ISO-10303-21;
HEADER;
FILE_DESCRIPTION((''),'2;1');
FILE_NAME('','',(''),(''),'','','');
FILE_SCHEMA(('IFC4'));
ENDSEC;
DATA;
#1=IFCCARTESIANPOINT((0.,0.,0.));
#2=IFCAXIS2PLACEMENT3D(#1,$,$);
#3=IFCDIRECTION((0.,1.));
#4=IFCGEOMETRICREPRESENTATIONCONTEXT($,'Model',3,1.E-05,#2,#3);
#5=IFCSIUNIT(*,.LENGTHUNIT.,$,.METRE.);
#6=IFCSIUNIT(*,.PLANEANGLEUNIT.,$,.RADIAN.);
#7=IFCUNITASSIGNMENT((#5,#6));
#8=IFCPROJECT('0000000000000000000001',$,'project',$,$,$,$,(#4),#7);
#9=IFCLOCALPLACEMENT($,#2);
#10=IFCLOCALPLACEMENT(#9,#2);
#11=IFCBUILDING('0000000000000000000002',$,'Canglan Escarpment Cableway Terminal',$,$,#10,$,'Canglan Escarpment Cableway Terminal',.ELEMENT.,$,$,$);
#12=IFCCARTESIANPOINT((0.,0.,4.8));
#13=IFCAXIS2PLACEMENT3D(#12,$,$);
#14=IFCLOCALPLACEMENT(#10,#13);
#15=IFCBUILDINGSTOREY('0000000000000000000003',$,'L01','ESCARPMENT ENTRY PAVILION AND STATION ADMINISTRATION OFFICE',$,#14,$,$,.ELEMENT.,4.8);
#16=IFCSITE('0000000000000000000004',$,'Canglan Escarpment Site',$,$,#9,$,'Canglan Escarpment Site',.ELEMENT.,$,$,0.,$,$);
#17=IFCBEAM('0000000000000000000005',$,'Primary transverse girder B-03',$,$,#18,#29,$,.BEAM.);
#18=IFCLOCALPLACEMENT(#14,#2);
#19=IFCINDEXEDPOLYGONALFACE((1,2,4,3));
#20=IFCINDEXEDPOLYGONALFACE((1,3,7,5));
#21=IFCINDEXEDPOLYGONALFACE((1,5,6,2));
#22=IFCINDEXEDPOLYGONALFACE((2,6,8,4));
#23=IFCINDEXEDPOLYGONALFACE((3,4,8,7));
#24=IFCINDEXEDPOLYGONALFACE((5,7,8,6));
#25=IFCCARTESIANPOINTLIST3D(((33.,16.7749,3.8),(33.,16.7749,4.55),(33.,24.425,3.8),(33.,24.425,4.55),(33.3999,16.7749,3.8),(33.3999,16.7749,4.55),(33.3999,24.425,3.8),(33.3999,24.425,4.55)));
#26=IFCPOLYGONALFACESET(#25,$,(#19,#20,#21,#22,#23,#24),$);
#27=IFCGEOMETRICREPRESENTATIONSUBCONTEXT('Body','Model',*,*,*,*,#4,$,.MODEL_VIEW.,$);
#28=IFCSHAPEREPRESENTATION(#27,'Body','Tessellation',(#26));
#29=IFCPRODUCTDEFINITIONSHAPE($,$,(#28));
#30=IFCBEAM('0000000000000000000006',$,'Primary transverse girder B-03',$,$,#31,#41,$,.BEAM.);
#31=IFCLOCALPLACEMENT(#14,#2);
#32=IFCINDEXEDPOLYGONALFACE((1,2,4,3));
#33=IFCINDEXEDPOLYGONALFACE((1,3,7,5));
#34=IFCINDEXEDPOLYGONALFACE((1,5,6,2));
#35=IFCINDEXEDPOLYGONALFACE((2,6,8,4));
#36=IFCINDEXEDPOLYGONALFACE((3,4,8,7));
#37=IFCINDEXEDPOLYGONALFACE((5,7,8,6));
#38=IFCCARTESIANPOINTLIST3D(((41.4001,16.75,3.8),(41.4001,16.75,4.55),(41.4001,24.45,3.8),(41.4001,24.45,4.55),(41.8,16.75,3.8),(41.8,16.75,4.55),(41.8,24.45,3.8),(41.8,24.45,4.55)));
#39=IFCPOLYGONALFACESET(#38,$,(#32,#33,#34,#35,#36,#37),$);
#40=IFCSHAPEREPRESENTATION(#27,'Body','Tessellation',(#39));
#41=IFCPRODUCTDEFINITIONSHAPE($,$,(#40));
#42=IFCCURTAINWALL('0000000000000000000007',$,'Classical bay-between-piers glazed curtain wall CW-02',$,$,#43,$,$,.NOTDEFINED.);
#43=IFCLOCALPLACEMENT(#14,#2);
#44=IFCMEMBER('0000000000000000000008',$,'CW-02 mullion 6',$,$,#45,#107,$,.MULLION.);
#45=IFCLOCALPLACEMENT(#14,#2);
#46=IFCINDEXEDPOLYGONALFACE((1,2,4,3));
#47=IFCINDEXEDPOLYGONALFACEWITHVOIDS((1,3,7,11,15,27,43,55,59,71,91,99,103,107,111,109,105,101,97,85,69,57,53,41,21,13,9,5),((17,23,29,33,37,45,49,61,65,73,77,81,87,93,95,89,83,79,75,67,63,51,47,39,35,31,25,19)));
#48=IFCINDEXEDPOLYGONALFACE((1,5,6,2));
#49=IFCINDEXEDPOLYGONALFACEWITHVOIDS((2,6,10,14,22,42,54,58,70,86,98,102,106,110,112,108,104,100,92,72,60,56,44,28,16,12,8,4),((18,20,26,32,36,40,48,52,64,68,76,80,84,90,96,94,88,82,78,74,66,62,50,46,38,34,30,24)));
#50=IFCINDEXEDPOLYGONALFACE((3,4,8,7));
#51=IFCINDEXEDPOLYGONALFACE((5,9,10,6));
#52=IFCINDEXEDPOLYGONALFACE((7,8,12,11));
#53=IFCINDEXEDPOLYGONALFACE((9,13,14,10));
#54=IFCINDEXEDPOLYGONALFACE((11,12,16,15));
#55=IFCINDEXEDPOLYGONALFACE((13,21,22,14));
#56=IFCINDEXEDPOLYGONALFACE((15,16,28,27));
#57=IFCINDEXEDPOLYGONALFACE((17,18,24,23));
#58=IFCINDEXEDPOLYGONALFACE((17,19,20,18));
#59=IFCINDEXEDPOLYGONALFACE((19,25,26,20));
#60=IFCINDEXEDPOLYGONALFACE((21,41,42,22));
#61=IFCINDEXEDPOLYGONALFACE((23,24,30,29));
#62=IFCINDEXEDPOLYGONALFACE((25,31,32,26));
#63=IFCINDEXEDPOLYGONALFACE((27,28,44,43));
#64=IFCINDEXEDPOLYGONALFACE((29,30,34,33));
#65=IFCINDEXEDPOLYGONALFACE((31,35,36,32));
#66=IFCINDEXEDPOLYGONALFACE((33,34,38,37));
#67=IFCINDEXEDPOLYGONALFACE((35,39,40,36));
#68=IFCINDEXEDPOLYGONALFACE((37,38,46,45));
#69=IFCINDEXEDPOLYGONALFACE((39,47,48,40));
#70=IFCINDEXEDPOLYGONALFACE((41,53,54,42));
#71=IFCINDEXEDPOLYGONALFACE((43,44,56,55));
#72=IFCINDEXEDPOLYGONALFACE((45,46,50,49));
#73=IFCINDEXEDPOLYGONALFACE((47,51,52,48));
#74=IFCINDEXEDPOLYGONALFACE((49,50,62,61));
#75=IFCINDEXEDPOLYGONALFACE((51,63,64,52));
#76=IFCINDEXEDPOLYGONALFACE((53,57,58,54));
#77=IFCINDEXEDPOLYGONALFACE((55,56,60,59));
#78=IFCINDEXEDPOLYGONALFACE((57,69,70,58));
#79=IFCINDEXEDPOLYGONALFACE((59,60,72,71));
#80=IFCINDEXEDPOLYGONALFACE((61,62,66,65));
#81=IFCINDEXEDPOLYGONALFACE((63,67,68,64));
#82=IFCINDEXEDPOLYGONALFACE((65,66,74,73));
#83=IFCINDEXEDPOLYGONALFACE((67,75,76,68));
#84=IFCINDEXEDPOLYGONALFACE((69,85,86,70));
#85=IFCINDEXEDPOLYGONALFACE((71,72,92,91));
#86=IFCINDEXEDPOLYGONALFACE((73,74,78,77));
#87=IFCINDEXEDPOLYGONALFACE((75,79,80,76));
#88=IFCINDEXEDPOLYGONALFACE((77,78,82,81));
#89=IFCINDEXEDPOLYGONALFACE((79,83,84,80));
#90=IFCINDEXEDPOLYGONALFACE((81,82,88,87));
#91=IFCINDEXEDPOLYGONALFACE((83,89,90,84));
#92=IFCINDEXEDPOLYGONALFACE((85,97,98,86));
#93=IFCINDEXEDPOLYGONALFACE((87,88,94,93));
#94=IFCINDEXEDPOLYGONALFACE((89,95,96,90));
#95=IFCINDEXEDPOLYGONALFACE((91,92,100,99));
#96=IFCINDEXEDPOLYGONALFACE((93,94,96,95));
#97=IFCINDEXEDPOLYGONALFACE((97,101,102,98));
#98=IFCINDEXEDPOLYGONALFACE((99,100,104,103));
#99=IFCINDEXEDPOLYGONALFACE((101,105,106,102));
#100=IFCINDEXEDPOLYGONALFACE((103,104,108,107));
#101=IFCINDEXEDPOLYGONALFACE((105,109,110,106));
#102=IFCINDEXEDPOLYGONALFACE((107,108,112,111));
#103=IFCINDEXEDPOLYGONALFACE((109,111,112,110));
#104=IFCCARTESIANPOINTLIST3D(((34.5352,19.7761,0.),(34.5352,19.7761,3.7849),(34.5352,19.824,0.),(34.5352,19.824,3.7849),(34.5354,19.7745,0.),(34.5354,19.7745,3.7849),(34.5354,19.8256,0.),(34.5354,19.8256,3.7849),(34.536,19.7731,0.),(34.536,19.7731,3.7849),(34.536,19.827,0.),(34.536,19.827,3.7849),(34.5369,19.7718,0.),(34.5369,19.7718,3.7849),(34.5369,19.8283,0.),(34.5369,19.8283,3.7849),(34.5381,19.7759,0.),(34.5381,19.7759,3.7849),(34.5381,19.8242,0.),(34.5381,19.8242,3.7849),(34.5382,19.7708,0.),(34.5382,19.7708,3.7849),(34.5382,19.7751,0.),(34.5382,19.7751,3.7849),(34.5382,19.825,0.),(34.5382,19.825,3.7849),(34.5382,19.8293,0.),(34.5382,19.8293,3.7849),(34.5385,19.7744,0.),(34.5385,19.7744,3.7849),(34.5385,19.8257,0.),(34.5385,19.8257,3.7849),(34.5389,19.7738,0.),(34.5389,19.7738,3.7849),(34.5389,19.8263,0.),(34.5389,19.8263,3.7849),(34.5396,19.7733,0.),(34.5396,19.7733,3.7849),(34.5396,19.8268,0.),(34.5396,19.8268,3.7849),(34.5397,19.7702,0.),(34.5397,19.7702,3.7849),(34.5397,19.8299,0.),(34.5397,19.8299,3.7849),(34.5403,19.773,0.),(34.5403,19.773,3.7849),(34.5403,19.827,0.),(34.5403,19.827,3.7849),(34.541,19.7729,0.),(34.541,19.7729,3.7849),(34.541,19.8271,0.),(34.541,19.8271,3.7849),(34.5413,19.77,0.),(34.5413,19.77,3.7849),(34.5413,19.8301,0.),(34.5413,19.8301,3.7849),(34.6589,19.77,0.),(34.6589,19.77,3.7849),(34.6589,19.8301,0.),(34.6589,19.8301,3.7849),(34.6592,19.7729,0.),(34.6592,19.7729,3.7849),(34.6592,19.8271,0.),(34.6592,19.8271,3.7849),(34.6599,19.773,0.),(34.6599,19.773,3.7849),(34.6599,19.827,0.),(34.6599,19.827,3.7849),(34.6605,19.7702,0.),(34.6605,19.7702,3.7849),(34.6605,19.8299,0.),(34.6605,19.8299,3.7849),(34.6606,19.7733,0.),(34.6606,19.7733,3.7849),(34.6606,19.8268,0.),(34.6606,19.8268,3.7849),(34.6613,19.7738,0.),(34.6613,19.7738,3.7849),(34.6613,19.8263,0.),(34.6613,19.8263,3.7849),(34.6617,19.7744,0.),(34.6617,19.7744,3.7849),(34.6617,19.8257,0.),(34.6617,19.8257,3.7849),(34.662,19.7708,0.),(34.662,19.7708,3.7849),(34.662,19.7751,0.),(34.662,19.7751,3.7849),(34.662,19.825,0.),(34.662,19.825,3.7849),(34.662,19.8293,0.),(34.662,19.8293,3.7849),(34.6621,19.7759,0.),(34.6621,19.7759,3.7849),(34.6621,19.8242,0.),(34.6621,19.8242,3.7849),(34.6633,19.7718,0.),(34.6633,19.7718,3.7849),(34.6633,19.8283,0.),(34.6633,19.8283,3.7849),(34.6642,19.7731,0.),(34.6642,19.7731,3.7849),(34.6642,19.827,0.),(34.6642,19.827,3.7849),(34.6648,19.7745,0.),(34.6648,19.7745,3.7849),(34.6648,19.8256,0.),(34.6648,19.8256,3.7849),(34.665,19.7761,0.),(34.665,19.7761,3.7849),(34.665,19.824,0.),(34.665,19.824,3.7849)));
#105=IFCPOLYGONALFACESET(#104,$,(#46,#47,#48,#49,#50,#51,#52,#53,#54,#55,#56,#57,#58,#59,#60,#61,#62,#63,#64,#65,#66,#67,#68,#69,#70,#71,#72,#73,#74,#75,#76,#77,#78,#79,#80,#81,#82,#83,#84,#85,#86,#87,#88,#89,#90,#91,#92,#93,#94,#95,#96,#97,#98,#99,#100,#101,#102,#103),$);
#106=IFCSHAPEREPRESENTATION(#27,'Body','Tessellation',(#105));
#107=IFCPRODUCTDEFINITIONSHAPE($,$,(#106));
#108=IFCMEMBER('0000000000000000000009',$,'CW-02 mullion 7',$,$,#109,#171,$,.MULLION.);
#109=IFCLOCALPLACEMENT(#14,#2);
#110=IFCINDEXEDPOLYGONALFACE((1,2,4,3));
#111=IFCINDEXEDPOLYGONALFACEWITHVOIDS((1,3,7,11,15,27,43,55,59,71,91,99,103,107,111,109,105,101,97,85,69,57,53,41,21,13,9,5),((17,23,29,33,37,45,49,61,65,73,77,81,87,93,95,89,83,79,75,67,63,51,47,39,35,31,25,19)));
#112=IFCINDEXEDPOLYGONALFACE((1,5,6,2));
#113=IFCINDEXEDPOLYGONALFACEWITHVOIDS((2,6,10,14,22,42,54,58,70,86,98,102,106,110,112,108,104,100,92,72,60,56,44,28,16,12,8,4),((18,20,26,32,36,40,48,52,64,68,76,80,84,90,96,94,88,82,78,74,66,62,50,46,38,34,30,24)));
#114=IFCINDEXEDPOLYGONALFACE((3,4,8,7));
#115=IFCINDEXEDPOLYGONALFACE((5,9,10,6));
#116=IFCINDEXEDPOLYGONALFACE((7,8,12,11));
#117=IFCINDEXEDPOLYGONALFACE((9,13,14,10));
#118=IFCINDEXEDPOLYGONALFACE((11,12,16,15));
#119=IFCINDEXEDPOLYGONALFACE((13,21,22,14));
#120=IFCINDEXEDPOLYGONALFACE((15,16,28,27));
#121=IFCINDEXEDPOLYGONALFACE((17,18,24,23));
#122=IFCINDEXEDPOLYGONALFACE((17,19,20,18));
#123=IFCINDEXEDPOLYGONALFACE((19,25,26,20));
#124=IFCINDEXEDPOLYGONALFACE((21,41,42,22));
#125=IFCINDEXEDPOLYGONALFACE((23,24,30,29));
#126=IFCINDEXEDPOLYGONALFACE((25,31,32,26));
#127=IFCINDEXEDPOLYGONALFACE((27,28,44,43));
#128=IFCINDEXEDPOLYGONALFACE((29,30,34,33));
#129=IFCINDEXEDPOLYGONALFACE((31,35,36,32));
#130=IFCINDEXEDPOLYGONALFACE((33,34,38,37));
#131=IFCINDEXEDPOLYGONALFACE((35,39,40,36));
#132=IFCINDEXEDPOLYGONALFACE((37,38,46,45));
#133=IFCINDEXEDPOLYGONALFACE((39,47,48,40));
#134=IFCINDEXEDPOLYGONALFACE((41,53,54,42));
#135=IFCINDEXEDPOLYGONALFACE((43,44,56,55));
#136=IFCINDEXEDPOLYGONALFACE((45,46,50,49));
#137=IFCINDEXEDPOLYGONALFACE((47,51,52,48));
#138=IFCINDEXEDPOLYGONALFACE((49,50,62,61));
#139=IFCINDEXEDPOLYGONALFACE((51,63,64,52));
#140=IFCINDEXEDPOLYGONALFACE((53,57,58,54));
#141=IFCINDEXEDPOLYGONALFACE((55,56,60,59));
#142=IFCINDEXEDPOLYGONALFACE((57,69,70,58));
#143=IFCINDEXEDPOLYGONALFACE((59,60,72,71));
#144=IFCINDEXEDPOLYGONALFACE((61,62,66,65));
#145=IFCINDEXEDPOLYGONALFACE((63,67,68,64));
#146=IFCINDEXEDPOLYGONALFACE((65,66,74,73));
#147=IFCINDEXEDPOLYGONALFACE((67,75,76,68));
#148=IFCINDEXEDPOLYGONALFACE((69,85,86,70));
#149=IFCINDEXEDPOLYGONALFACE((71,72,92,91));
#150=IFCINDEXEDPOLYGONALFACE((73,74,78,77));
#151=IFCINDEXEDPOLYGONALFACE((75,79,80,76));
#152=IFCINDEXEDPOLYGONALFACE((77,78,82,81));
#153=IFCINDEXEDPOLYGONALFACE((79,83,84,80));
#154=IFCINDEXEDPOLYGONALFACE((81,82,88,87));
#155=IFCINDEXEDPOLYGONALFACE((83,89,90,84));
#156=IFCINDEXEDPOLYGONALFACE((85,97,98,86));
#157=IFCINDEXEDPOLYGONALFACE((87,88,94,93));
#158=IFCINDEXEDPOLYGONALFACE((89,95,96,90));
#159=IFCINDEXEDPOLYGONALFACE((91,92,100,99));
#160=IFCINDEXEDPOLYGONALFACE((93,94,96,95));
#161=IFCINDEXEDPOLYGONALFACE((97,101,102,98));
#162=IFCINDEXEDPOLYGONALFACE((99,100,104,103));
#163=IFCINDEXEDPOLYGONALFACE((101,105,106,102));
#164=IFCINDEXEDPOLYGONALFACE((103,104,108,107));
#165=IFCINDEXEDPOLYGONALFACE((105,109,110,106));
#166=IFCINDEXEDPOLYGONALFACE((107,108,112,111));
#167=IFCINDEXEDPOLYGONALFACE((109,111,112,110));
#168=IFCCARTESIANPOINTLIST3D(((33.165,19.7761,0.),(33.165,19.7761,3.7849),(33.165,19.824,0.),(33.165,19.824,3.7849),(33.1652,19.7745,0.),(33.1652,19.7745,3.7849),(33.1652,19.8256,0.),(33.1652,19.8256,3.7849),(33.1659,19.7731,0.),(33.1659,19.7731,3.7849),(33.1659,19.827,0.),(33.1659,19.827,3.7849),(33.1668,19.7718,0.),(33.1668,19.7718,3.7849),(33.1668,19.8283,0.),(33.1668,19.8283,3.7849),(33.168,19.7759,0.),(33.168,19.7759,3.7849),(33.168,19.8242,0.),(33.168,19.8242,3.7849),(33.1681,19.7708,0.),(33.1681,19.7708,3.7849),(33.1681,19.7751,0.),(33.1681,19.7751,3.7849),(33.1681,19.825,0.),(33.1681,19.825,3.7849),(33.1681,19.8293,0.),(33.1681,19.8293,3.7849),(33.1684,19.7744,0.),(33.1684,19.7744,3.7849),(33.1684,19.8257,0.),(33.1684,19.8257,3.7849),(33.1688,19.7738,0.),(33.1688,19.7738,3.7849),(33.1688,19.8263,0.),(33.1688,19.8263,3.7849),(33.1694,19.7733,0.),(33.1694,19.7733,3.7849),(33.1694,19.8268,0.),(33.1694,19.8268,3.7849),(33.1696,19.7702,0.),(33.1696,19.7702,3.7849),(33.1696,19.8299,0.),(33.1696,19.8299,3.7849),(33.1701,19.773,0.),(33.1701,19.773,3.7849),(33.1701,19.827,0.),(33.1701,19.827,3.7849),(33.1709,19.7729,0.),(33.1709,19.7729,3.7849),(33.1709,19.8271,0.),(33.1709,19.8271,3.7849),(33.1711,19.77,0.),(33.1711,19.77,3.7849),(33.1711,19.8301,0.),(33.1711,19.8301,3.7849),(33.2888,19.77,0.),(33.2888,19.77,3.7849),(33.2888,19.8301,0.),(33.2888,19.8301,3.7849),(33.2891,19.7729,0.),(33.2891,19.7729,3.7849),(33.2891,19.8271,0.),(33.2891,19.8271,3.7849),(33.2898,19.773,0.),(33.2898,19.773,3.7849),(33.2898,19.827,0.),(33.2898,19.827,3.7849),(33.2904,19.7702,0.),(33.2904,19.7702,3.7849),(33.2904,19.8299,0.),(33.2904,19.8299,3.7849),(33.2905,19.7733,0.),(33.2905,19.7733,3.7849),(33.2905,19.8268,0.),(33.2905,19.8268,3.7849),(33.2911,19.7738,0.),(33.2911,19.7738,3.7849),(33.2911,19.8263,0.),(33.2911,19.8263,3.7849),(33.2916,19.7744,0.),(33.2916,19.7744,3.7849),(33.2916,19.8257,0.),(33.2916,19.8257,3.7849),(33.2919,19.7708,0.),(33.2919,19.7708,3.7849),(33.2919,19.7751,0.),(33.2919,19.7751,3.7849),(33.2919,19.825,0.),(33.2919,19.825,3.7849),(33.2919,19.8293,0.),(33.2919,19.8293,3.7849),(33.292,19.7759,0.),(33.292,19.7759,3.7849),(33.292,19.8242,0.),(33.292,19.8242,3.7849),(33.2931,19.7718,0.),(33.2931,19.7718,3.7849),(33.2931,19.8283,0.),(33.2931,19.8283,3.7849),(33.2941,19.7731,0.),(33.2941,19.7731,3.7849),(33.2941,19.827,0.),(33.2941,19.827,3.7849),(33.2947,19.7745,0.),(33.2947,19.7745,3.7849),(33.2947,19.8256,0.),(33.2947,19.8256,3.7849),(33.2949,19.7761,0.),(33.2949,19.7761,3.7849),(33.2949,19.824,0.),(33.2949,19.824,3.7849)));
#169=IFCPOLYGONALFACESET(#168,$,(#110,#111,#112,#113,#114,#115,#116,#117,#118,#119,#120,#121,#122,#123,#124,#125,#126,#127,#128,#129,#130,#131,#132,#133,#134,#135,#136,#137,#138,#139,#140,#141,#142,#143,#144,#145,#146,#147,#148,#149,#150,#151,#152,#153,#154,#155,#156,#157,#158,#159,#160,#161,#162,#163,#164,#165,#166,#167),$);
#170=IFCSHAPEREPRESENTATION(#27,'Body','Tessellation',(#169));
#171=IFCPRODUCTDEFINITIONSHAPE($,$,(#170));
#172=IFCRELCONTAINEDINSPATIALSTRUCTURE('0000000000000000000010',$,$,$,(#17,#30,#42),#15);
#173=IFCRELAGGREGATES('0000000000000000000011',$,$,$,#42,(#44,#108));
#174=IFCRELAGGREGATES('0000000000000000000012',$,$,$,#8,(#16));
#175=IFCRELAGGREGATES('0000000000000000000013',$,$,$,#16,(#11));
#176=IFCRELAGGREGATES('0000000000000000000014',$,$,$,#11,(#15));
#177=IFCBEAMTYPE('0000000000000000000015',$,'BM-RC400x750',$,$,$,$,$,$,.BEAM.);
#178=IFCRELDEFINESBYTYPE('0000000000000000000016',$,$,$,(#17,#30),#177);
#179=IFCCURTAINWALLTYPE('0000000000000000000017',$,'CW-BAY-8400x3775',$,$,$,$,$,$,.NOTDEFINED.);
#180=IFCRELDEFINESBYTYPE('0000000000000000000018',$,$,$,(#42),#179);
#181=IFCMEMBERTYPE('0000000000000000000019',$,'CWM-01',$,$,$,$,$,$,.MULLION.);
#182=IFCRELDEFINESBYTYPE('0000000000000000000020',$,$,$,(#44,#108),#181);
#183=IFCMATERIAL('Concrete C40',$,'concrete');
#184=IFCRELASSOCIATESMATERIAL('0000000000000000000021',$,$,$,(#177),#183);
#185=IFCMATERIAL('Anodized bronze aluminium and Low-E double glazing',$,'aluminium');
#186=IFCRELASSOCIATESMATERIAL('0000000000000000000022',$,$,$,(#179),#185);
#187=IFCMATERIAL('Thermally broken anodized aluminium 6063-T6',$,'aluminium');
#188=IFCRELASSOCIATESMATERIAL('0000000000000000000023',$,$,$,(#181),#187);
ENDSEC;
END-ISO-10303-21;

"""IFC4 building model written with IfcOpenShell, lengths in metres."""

from ifc_helpers import new_model, si_unit, direction, frame, origin, origin_2d, place, context, subcontext, project, spatial, rectangle, hollow_rectangle, extrude, material, material_profile, profile_set, type_object, element, aggregate, save


model = new_model("IFC4")

# Units and contexts
model_context = context("Model", 3, precision=1e-05, world=origin(), true_north=direction((0.0, 1.0)))
body_context = subcontext(model_context, "Body", "Model", "MODEL_VIEW")
ifc_project = project(units=[si_unit("LENGTHUNIT", "METRE"), si_unit("PLANEANGLEUNIT", "RADIAN")], contexts=[model_context])

# Site, building, storey
site_placement = place(None, origin())
site = spatial("IfcSite", under=ifc_project, at=site_placement, Name="Canglan Escarpment Site", LongName="Canglan Escarpment Site", CompositionType="ELEMENT", RefElevation=0.0)
building_placement = place(site_placement, origin())
building = spatial("IfcBuilding", under=site, at=building_placement, Name="Canglan Escarpment Cableway Terminal", LongName="Canglan Escarpment Cableway Terminal", CompositionType="ELEMENT")
storey_placement = place(building_placement, frame((0.0, 0.0, 4.8)))
storey = spatial("IfcBuildingStorey", under=building, at=storey_placement, Name="L01", Description="ESCARPMENT ENTRY PAVILION AND STATION ADMINISTRATION OFFICE", CompositionType="ELEMENT", Elevation=4.8)

# Beams
ifc_material_1 = material(Name="Concrete C40", Category="concrete")
ifc_material_profile_1 = material_profile(ifc_material_1, rectangle(XDim=0.3999, YDim=0.75, at=origin_2d()), Name="RC 400x750")
ifc_profile_set_1 = profile_set([ifc_material_profile_1], Name="Concrete C40")
beam_type_1 = type_object("IfcBeamType", Name="BM-RC400x750", PredefinedType="BEAM", material=ifc_profile_set_1)
beam_1_placement = place(storey_placement, frame((33.2, 16.7749, 4.175), z_axis=(0.0, 1.0, 0.0), x_axis=(-1.0, 0.0, 0.0)))
element("IfcBeam", 1, at=beam_1_placement, inside=storey, type_object=beam_type_1, Name="Primary transverse girder B-03", PredefinedType="BEAM", context=body_context, shape_type="SweptSolid", body=[
    extrude(rectangle(XDim=0.3999, YDim=0.75, at=origin_2d()), origin(), (0.0, 0.0, 1.0), 7.6501),
])
beam_2_placement = place(storey_placement, frame((41.6001, 16.75, 4.175), z_axis=(0.0, 1.0, 0.0), x_axis=(-1.0, 0.0, 0.0)))
element("IfcBeam", 2, at=beam_2_placement, inside=storey, type_object=beam_type_1, Name="Primary transverse girder B-03", PredefinedType="BEAM", context=body_context, shape_type="SweptSolid", body=[
    extrude(rectangle(XDim=0.3999, YDim=0.75, at=origin_2d()), origin(), (0.0, 0.0, 1.0), 7.7),
])

# Curtain wall, members
ifc_material_2 = material(Name="Anodized bronze aluminium and Low-E double glazing", Category="aluminium")
curtain_wall_type = type_object("IfcCurtainWallType", Name="CW-BAY-8400x3775", PredefinedType="NOTDEFINED", material=ifc_material_2)
curtain_wall_placement = place(storey_placement, origin())
curtain_wall = element("IfcCurtainWall", 3, at=curtain_wall_placement, inside=storey, type_object=curtain_wall_type, Name="Classical bay-between-piers glazed curtain wall CW-02", PredefinedType="NOTDEFINED")
ifc_material_3 = material(Name="Thermally broken anodized aluminium 6063-T6", Category="aluminium")
ifc_material_profile_2 = material_profile(ifc_material_3, hollow_rectangle(XDim=0.0601, YDim=0.1299, WallThickness=0.0029, InnerFilletRadius=0.0029, OuterFilletRadius=0.0061, at=origin_2d()), Name="ALU-MULL 60x130x3")
ifc_profile_set_2 = profile_set([ifc_material_profile_2], Name="Thermally broken anodized aluminium 6063-T6")
member_type_1 = type_object("IfcMemberType", Name="CWM-01", PredefinedType="MULLION", material=ifc_profile_set_2)
member_1_placement = place(storey_placement, frame((34.6001, 19.8, 0.0), z_axis=(0.0, 0.0, 1.0), x_axis=(0.0, -1.0, 0.0)))
member_1 = element("IfcMember", 4, at=member_1_placement, type_object=member_type_1, Name="CW-02 mullion 6", PredefinedType="MULLION", context=body_context, shape_type="SweptSolid", body=[
    extrude(hollow_rectangle(XDim=0.0601, YDim=0.1299, WallThickness=0.0029, InnerFilletRadius=0.0029, OuterFilletRadius=0.0061, at=origin_2d()), origin(), (0.0, 0.0, 1.0), 3.7849),
])
member_2_placement = place(storey_placement, frame((33.23, 19.8, 0.0), z_axis=(0.0, 0.0, 1.0), x_axis=(0.0, -1.0, 0.0)))
member_2 = element("IfcMember", 5, at=member_2_placement, type_object=member_type_1, Name="CW-02 mullion 7", PredefinedType="MULLION", context=body_context, shape_type="SweptSolid", body=[
    extrude(hollow_rectangle(XDim=0.0601, YDim=0.1299, WallThickness=0.0029, InnerFilletRadius=0.0029, OuterFilletRadius=0.0061, at=origin_2d()), origin(), (0.0, 0.0, 1.0), 3.7849),
])

aggregate(curtain_wall, [member_1, member_2])

save(model, "model.ifc")
